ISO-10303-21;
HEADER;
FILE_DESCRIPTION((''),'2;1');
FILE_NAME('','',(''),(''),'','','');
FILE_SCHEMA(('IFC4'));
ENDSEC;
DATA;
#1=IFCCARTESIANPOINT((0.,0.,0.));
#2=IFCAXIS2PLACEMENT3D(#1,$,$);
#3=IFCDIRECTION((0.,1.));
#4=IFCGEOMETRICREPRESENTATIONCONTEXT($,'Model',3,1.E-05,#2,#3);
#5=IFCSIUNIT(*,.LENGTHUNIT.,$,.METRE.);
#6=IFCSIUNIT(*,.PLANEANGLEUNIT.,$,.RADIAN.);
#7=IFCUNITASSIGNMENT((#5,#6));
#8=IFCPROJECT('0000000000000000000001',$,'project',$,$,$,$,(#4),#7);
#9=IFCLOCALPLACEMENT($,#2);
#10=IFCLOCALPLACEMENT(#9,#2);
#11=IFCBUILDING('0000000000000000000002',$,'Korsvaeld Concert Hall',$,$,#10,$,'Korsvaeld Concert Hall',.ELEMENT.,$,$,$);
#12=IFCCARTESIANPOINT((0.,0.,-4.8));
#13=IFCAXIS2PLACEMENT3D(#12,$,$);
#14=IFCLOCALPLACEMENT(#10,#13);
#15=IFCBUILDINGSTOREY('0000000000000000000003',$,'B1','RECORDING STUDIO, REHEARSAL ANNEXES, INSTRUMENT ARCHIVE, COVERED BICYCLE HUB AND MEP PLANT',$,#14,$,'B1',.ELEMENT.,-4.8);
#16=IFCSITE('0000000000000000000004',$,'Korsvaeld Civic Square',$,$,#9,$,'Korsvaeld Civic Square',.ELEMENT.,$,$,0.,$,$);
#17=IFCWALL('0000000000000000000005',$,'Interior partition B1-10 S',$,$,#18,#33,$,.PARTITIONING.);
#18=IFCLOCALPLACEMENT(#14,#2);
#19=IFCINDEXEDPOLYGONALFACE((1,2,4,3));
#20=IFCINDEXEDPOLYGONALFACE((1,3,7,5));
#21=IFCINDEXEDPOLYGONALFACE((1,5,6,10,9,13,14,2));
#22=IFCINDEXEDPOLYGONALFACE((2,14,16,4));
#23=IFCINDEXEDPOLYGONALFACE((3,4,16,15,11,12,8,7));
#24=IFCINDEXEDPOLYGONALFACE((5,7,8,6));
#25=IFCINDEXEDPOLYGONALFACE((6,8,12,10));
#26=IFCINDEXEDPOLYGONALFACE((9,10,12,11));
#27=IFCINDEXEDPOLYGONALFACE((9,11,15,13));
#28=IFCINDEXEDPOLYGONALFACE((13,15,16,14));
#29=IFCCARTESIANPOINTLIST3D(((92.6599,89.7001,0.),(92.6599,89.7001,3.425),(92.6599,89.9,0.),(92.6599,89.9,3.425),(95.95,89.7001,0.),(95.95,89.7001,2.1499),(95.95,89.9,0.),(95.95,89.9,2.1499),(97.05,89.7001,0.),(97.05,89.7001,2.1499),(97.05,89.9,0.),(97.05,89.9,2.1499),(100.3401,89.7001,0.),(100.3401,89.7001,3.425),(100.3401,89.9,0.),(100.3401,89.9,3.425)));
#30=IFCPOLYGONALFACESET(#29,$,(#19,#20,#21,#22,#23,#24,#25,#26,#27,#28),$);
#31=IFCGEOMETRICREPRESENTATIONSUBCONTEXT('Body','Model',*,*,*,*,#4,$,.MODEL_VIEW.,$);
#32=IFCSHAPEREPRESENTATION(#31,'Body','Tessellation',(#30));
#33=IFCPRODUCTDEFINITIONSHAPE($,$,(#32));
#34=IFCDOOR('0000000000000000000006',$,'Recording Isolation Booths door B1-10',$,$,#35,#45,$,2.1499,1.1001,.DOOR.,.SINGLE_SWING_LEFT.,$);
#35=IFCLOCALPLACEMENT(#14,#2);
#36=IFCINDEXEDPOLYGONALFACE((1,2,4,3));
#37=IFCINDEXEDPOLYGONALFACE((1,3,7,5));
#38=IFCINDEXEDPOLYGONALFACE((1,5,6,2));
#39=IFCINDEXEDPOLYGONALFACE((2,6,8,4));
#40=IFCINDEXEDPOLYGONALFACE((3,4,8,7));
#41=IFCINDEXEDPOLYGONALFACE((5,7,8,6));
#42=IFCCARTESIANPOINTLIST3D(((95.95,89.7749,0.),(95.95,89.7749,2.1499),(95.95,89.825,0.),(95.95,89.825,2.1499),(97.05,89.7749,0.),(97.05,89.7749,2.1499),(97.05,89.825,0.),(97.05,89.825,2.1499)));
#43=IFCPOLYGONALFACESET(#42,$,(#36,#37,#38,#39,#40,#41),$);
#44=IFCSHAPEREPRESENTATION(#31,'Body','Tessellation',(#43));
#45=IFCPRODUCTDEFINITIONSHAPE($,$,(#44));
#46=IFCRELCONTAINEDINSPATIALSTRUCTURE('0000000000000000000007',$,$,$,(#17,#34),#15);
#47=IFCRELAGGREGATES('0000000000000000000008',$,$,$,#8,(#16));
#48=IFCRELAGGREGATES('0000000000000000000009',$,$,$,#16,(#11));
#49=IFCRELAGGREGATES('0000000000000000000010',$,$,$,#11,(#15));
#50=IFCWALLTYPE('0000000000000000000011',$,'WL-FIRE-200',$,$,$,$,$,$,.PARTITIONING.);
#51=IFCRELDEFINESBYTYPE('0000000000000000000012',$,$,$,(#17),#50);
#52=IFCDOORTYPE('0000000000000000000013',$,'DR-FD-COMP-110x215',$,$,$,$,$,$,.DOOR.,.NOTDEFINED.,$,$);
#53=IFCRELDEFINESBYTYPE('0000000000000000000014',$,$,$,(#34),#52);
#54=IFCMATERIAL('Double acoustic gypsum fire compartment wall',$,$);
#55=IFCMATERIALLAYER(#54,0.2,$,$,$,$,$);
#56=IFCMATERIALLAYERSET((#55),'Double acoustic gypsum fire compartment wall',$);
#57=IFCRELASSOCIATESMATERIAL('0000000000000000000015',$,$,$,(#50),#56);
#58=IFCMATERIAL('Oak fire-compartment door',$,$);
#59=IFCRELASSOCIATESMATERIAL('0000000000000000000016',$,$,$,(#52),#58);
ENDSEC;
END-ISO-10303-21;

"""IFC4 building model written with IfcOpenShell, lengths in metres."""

from ifc_helpers import new_model, si_unit, direction, frame, frame_2d, origin, place, context, subcontext, project, spatial, rectangle, extrude, material, layer, layer_set, type_object, element, fill, save


model = new_model("IFC4")

# Units and contexts
model_context = context("Model", 3, precision=1e-05, world=origin(), true_north=direction((0.0, 1.0)))
body_context = subcontext(model_context, "Body", "Model", "MODEL_VIEW")
ifc_project = project(units=[si_unit("LENGTHUNIT", "METRE"), si_unit("PLANEANGLEUNIT", "RADIAN")], contexts=[model_context])

# Site, building, storey
site_placement = place(None, origin())
site = spatial("IfcSite", under=ifc_project, at=site_placement, Name="Korsvaeld Civic Square", LongName="Korsvaeld Civic Square", CompositionType="ELEMENT", RefElevation=0.0)
building_placement = place(site_placement, origin())
building = spatial("IfcBuilding", under=site, at=building_placement, Name="Korsvaeld Concert Hall", LongName="Korsvaeld Concert Hall", CompositionType="ELEMENT")
storey_placement = place(building_placement, frame((0.0, 0.0, -4.8)))
storey = spatial("IfcBuildingStorey", under=building, at=storey_placement, Name="B1", Description="RECORDING STUDIO, REHEARSAL ANNEXES, INSTRUMENT ARCHIVE, COVERED BICYCLE HUB AND MEP PLANT", LongName="B1", CompositionType="ELEMENT", Elevation=-4.8)

# Shared definitions
ifc_material_1 = material(Name="Double acoustic gypsum fire compartment wall")
ifc_layer = layer(ifc_material_1, 0.2)
ifc_layer_set = layer_set([ifc_layer], Name="Double acoustic gypsum fire compartment wall")
wall_type = type_object("IfcWallType", Name="WL-FIRE-200", PredefinedType="PARTITIONING", material=ifc_layer_set)

# Shared definitions
ifc_material_2 = material(Name="Oak fire-compartment door")
door_type = type_object("IfcDoorType", Name="DR-FD-COMP-110x215", OperationType="NOTDEFINED", PredefinedType="DOOR", material=ifc_material_2)

# Wall, opening, door
wall_1_placement = place(storey_placement, frame((92.6599, 89.8, 0.0), z_axis=(0.0, 0.0, 1.0), x_axis=(1.0, 0.0, 0.0)))
wall_1 = element("IfcWall", 1, at=wall_1_placement, inside=storey, type_object=wall_type, Name="Interior partition B1-10 S", PredefinedType="PARTITIONING", context=body_context, shape_type="SweptSolid", body=[
    extrude(rectangle(XDim=7.6802, YDim=0.2, at=frame_2d((3.8401, 0.0))), origin(), (0.0, 0.0, 1.0), 3.425),
])
opening_1_placement = place(wall_1_placement, frame((3.29, 0.0, 0.0)))
opening_1 = element("IfcOpeningElement", 2, at=opening_1_placement, cuts=wall_1, PredefinedType="OPENING", context=body_context, shape_type="SweptSolid", body=[
    extrude(rectangle(XDim=1.1001, YDim=2.1499, at=frame_2d((0.55, 1.075))), frame((0.0, 0.1099, 0.0), z_axis=(0.0, -1.0, 0.0), x_axis=(1.0, 0.0, 0.0)), (0.0, 0.0, 1.0), 0.22),
])
door_1_placement = place(opening_1_placement, origin())
door_1 = element("IfcDoor", 3, at=door_1_placement, inside=storey, type_object=door_type, Name="Recording Isolation Booths door B1-10", OperationType="SINGLE_SWING_LEFT", OverallHeight=2.1499, OverallWidth=1.1001, PredefinedType="DOOR", context=body_context, shape_type="SweptSolid", body=[
    extrude(rectangle(XDim=1.1001, YDim=2.1499, at=frame_2d((0.55, 1.075))), frame((0.0, 0.0249, 0.0), z_axis=(0.0, -1.0, 0.0), x_axis=(1.0, 0.0, 0.0)), (0.0, 0.0, 1.0), 0.05),
])
fill(opening_1, door_1)

save(model, "model.ifc")
